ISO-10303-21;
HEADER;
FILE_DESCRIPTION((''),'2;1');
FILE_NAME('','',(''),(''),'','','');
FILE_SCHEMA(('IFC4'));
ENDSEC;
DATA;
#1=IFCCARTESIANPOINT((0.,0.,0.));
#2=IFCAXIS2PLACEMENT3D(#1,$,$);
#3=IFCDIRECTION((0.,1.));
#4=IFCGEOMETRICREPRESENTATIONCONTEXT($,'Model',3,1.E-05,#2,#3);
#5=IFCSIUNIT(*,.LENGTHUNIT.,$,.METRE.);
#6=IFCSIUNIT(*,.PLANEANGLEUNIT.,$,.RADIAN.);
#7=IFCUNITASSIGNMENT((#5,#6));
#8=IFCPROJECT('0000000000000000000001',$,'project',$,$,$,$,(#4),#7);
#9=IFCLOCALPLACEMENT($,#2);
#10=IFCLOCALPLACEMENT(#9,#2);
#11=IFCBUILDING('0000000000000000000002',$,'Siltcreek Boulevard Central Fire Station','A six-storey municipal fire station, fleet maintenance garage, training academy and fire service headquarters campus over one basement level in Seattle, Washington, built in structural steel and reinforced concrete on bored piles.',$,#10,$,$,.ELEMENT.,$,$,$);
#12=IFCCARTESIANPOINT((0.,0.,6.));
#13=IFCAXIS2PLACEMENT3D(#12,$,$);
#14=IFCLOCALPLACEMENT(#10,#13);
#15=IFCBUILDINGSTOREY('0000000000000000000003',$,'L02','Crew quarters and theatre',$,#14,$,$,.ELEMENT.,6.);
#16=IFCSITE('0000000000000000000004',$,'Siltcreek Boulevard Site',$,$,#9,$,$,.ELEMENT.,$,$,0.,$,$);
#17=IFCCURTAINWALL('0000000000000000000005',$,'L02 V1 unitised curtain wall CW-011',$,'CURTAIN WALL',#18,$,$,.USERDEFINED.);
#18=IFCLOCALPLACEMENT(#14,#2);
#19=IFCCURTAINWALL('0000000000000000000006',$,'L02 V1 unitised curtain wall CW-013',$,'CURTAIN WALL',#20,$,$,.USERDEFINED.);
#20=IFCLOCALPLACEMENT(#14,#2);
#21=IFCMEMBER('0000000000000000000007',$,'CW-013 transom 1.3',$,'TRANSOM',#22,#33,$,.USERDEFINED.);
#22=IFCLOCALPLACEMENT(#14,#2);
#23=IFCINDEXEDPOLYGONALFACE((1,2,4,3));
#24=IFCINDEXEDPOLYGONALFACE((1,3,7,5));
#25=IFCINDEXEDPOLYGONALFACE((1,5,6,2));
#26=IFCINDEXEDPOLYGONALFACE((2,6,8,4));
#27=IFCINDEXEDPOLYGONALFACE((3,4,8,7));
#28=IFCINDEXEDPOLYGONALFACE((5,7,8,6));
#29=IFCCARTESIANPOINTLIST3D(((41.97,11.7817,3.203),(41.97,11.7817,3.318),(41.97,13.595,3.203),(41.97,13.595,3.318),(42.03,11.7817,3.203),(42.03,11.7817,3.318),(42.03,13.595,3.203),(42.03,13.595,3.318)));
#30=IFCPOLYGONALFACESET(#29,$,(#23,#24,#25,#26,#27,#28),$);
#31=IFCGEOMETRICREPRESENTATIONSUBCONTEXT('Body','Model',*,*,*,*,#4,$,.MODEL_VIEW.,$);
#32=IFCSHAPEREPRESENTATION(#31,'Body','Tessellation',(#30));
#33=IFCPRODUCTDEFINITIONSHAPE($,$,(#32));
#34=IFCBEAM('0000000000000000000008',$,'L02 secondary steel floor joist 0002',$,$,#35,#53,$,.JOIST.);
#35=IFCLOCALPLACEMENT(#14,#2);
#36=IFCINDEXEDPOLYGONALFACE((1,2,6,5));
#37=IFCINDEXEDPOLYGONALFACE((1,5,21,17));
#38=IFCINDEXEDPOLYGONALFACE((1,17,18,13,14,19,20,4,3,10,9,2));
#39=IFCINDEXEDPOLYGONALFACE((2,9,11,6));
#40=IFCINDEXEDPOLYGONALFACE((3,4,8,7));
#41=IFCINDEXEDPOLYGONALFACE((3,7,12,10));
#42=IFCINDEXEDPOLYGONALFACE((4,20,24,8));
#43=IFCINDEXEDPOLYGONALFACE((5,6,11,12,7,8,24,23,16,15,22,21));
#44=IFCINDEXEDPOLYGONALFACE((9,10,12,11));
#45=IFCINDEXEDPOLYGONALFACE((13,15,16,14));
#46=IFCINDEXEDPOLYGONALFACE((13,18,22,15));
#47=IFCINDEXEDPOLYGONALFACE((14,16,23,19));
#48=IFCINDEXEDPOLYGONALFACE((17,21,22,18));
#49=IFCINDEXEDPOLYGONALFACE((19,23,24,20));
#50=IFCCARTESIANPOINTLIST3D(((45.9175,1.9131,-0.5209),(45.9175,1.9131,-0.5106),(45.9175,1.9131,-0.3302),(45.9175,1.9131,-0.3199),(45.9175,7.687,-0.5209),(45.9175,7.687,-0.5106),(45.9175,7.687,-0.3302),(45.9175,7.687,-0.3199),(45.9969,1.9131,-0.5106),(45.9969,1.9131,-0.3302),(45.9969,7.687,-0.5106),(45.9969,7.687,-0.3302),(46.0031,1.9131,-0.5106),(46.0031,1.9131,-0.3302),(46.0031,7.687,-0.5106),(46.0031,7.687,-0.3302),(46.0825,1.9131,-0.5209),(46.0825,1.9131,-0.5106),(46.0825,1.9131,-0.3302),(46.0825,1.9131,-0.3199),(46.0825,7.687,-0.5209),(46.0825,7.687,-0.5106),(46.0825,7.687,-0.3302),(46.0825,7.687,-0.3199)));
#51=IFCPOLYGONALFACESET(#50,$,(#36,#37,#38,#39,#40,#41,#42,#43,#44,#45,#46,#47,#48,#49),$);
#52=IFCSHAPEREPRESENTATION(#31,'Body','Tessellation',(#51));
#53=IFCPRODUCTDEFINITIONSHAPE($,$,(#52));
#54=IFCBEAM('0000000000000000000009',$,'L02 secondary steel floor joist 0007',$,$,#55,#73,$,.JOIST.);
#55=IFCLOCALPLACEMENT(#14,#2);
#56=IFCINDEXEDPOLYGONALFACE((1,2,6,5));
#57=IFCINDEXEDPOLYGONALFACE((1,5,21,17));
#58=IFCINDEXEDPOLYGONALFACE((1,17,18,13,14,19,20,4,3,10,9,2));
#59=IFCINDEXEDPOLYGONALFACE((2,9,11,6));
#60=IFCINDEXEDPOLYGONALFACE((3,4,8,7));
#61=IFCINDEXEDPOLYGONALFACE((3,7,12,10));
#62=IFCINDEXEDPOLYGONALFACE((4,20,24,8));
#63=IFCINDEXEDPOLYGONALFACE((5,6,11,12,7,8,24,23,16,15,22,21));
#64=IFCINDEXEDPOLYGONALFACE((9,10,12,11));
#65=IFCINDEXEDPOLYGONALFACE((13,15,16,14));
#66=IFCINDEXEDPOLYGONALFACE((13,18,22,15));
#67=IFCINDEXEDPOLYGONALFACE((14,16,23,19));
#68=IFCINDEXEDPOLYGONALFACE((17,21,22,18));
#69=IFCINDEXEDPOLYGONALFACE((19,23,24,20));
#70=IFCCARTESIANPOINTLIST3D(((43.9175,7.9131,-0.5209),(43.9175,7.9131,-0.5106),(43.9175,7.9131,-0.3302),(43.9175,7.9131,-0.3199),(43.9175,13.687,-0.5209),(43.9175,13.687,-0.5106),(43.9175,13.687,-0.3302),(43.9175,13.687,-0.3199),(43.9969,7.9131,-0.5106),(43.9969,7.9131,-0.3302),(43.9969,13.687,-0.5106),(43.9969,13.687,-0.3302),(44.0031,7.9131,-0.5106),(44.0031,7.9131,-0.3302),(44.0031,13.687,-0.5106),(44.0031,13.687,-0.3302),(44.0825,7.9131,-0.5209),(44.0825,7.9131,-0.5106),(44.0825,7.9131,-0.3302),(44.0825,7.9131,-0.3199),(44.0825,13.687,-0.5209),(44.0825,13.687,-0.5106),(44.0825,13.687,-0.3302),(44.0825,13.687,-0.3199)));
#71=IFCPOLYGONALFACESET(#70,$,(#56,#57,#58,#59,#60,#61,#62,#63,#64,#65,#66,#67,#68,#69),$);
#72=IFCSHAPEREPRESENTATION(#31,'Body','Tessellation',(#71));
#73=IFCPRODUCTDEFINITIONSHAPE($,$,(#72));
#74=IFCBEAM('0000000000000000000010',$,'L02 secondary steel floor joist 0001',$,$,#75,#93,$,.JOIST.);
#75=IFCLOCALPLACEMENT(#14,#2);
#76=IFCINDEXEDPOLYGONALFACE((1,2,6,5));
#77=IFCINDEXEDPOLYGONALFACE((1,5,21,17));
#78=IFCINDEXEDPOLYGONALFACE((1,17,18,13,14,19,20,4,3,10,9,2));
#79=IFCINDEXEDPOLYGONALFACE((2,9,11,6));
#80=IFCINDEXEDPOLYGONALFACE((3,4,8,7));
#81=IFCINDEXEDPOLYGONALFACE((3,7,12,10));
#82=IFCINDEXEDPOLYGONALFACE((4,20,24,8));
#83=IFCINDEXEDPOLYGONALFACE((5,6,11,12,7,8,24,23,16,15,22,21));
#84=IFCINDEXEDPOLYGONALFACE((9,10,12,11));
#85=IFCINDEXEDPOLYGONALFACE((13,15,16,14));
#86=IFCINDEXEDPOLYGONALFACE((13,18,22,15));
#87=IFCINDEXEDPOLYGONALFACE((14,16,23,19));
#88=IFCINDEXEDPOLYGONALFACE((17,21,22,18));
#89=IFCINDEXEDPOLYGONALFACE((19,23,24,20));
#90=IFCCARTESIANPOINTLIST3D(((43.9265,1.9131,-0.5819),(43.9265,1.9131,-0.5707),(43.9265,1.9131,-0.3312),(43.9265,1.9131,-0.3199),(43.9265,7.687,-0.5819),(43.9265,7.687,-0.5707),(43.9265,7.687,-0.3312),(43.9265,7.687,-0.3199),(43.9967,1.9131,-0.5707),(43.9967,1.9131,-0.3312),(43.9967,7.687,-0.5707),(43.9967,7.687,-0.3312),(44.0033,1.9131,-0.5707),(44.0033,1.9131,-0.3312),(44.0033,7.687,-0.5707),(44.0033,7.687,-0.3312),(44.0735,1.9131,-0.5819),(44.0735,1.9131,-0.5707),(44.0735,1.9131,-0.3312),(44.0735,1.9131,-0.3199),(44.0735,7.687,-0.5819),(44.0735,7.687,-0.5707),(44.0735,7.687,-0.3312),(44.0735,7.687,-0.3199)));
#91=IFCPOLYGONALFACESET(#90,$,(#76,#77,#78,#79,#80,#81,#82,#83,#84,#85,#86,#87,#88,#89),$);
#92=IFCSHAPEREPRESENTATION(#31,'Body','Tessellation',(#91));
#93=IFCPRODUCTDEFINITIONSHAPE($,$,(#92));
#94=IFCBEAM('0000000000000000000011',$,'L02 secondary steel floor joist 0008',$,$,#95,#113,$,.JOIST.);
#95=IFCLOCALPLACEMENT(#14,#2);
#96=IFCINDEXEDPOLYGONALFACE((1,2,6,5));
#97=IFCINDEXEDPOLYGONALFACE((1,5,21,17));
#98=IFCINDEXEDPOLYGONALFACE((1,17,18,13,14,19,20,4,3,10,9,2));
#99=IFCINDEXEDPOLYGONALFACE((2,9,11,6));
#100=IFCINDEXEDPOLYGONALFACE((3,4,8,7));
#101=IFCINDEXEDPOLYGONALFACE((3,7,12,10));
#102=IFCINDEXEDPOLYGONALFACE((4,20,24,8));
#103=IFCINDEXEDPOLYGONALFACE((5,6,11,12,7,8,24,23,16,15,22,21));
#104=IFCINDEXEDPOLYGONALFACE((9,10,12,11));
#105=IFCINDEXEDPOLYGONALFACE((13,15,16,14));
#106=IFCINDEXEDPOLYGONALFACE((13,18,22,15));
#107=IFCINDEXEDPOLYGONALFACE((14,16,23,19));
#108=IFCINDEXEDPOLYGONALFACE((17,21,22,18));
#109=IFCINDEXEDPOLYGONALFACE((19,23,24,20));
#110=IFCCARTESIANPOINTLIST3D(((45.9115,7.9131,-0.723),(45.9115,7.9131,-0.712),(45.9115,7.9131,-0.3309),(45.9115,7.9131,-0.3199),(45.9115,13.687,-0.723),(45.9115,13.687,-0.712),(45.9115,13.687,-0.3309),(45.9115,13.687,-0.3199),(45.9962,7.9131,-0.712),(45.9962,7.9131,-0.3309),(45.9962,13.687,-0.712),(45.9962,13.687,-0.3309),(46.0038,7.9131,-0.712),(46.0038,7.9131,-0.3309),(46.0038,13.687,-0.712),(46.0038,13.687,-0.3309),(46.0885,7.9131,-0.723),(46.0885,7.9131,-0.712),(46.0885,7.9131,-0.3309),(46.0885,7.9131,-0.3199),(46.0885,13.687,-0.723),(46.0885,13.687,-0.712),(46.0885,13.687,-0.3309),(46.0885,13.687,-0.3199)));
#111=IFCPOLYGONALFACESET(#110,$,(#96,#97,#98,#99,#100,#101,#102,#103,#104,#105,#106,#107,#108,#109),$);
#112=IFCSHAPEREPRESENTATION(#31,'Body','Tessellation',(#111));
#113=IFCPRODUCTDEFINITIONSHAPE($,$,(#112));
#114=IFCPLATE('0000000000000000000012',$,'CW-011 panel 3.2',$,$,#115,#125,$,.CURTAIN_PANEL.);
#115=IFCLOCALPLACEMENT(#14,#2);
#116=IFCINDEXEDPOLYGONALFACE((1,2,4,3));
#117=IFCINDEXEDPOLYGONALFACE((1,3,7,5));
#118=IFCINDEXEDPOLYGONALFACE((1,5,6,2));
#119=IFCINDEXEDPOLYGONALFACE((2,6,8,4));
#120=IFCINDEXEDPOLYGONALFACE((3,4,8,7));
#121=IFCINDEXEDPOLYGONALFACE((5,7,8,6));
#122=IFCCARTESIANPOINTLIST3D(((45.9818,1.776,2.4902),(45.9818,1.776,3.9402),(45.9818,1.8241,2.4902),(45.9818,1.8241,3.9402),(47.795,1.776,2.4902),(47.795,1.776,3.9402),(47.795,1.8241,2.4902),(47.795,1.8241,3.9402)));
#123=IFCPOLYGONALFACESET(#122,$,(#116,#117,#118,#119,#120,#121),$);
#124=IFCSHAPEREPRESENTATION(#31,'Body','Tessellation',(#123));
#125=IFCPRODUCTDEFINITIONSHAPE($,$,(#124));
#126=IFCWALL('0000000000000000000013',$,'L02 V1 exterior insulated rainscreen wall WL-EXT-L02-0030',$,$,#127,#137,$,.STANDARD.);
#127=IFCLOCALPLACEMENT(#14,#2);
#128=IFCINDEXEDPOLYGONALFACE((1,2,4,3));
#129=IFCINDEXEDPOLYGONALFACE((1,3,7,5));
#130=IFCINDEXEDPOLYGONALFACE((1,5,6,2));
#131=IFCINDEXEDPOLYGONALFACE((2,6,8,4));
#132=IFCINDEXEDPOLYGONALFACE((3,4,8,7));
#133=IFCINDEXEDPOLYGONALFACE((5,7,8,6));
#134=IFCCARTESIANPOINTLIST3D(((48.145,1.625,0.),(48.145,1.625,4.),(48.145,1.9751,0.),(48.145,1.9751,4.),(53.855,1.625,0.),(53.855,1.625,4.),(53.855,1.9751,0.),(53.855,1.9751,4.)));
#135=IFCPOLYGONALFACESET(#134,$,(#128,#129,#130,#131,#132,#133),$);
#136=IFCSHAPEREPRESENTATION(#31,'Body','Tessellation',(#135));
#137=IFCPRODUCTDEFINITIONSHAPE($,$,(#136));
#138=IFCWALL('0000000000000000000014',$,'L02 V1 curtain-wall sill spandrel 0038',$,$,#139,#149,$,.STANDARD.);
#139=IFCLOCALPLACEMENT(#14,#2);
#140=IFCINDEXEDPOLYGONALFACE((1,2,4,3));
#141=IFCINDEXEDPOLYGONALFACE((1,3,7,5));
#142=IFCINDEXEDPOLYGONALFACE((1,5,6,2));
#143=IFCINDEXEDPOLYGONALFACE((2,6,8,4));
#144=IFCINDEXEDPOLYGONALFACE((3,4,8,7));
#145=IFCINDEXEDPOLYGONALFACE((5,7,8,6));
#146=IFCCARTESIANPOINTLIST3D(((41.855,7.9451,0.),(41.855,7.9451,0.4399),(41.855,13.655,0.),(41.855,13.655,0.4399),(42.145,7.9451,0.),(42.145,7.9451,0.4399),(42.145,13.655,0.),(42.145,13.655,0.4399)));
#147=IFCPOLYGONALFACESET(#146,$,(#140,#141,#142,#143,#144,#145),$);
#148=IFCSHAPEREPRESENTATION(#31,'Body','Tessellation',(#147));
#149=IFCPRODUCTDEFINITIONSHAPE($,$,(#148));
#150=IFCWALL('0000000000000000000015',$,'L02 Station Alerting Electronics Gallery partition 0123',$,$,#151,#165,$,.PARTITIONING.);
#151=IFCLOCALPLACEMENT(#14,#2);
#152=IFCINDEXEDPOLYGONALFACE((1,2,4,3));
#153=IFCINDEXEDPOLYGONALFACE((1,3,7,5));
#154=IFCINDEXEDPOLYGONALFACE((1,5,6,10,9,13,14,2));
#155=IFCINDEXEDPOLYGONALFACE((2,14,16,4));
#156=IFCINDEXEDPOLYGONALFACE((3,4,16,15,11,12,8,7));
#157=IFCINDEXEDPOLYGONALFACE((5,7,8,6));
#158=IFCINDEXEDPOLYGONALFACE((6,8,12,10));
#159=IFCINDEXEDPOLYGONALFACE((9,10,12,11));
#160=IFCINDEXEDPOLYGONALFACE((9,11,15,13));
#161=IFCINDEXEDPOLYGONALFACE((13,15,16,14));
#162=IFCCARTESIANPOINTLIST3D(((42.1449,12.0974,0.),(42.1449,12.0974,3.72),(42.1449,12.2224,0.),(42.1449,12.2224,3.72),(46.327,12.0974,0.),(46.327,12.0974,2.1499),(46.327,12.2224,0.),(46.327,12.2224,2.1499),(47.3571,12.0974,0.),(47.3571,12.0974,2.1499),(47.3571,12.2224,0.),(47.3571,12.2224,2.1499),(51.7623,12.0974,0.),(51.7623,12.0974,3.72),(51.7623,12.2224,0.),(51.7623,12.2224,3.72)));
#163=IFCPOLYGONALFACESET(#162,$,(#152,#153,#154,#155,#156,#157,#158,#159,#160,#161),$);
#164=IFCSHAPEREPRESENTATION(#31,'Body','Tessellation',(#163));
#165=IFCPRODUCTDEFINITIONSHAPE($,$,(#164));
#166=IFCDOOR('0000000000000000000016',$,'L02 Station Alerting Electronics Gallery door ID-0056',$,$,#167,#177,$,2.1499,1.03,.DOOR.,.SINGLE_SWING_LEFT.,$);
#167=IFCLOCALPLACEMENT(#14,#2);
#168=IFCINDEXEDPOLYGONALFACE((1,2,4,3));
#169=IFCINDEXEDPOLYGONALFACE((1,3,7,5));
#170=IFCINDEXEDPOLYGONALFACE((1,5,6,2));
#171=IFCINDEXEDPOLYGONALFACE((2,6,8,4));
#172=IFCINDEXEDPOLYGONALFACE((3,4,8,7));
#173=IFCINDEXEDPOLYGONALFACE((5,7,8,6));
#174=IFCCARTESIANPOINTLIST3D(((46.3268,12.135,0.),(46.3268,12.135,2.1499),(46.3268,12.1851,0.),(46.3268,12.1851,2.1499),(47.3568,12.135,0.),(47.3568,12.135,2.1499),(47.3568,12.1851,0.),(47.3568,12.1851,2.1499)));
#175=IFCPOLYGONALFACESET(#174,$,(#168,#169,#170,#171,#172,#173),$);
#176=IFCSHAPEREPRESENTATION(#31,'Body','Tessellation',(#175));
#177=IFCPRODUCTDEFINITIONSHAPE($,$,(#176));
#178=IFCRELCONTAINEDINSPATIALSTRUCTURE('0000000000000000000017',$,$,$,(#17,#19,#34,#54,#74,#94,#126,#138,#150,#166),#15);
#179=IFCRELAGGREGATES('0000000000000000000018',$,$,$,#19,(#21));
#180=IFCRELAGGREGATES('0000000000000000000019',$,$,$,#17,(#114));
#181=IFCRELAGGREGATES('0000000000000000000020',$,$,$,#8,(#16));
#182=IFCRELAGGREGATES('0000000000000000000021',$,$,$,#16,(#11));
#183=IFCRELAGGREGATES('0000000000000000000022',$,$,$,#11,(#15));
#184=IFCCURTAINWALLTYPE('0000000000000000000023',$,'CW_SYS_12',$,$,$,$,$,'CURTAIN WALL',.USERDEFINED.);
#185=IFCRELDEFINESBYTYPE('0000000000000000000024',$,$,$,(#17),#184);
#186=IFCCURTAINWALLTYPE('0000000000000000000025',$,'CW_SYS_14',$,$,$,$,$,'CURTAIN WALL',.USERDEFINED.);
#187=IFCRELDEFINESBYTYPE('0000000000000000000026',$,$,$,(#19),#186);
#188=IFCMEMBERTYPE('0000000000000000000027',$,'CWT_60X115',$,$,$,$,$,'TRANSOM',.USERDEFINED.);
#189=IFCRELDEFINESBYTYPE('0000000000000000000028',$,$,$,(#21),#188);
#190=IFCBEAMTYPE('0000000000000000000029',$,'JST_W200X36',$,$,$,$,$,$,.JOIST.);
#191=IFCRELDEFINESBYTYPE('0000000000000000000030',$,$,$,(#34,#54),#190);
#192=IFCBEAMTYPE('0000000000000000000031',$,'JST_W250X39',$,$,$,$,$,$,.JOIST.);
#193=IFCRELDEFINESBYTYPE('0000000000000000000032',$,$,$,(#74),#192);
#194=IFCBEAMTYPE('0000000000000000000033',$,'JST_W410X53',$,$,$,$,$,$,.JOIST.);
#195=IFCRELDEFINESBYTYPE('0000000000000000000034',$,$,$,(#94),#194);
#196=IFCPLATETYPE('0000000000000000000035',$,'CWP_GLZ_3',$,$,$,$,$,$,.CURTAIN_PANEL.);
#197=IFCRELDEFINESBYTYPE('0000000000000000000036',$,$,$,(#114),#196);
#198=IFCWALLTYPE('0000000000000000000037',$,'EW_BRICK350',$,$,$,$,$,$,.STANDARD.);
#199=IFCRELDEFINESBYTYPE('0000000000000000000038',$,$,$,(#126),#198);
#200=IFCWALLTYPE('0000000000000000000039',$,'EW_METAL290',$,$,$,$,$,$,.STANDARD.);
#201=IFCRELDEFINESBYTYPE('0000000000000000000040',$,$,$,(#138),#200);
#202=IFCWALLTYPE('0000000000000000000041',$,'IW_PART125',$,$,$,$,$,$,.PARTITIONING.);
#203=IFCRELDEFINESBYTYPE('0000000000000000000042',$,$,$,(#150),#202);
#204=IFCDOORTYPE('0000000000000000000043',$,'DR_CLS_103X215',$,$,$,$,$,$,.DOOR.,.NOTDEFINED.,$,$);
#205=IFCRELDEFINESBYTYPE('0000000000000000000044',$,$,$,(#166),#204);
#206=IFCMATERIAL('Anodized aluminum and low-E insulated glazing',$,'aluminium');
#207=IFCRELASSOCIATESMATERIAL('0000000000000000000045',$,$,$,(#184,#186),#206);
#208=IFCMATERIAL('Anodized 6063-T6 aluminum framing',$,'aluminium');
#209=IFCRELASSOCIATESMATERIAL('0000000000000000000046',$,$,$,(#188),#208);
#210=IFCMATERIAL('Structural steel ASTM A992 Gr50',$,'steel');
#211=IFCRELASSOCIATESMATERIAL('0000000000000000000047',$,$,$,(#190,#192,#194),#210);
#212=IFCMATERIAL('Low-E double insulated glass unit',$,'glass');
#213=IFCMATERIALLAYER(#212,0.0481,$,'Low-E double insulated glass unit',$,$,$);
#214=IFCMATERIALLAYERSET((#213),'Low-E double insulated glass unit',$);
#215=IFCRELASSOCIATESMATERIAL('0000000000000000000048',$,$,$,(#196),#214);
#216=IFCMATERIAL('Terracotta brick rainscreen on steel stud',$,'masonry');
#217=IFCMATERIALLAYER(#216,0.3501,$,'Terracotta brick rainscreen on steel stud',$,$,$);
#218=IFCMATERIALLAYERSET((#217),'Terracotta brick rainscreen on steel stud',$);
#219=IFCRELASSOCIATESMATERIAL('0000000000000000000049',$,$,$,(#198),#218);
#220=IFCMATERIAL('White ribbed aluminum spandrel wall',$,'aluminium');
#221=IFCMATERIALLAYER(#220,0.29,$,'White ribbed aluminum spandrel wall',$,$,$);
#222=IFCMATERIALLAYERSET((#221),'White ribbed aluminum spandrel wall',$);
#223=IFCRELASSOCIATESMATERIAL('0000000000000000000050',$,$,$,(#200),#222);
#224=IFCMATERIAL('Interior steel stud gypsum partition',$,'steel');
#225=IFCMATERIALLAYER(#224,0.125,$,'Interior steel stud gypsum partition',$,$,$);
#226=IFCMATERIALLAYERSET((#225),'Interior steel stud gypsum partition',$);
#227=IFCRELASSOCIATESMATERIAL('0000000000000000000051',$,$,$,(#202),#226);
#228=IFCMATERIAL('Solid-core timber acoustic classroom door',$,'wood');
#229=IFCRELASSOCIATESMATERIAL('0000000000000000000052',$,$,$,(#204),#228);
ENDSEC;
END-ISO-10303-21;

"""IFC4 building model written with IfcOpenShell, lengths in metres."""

from ifc_helpers import new_model, si_unit, direction, frame, frame_2d, origin, origin_2d, place, context, subcontext, project, spatial, rectangle, i_section, extrude, material, layer, layer_set, material_profile, profile_set, type_object, element, fill, aggregate, save


model = new_model("IFC4")

# Units and contexts
model_context = context("Model", 3, precision=1e-05, world=origin(), true_north=direction((0.0, 1.0)))
body_context = subcontext(model_context, "Body", "Model", "MODEL_VIEW")
ifc_project = project(units=[si_unit("LENGTHUNIT", "METRE"), si_unit("PLANEANGLEUNIT", "RADIAN")], contexts=[model_context])

# Site, building, storey
site_placement = place(None, origin())
site = spatial("IfcSite", under=ifc_project, at=site_placement, Name="Siltcreek Boulevard Site", CompositionType="ELEMENT", RefElevation=0.0)
building_placement = place(site_placement, origin())
building = spatial("IfcBuilding", under=site, at=building_placement, Name="Siltcreek Boulevard Central Fire Station", Description="A six-storey municipal fire station, fleet maintenance garage, training academy and fire service headquarters campus over one basement level in Seattle, Washington, built in structural steel and reinforced concrete on bored piles.", CompositionType="ELEMENT")
storey_placement = place(building_placement, frame((0.0, 0.0, 6.0)))
storey = spatial("IfcBuildingStorey", under=building, at=storey_placement, Name="L02", Description="Crew quarters and theatre", CompositionType="ELEMENT", Elevation=6.0)

# Shared definitions
ifc_material_1 = material(Name="Structural steel ASTM A992 Gr50", Category="steel")

# Curtain wall
ifc_material_2 = material(Name="Anodized aluminum and low-E insulated glazing", Category="aluminium")
curtain_wall_type_1 = type_object("IfcCurtainWallType", Name="CW_SYS_12", ElementType="CURTAIN WALL", PredefinedType="USERDEFINED", material=ifc_material_2)
curtain_wall_1_placement = place(storey_placement, origin())
curtain_wall_1 = element("IfcCurtainWall", 1, at=curtain_wall_1_placement, inside=storey, type_object=curtain_wall_type_1, Name="L02 V1 unitised curtain wall CW-011", ObjectType="CURTAIN WALL", PredefinedType="USERDEFINED")
ifc_material_3 = material(Name="Anodized 6063-T6 aluminum framing", Category="aluminium")

# Curtain wall, member
curtain_wall_type_2 = type_object("IfcCurtainWallType", Name="CW_SYS_14", ElementType="CURTAIN WALL", PredefinedType="USERDEFINED", material=ifc_material_2)
curtain_wall_2_placement = place(storey_placement, origin())
curtain_wall_2 = element("IfcCurtainWall", 2, at=curtain_wall_2_placement, inside=storey, type_object=curtain_wall_type_2, Name="L02 V1 unitised curtain wall CW-013", ObjectType="CURTAIN WALL", PredefinedType="USERDEFINED")
ifc_material_profile_1 = material_profile(ifc_material_3, rectangle(XDim=0.0601, YDim=0.115, at=origin_2d()), Name="TRAN60X115")
ifc_profile_set_1 = profile_set([ifc_material_profile_1], Name="Anodized 6063-T6 aluminum framing")
member_type_1 = type_object("IfcMemberType", Name="CWT_60X115", ElementType="TRANSOM", PredefinedType="USERDEFINED", material=ifc_profile_set_1)
member_1_placement = place(storey_placement, frame((42.0, 13.595, 3.2605), z_axis=(0.0, -1.0, 0.0), x_axis=(1.0, 0.0, 0.0)))
member_1 = element("IfcMember", 3, at=member_1_placement, type_object=member_type_1, Name="CW-013 transom 1.3", ObjectType="TRANSOM", PredefinedType="USERDEFINED", context=body_context, shape_type="SweptSolid", body=[
    extrude(rectangle(XDim=0.0601, YDim=0.115, at=origin_2d()), origin(), (0.0, 0.0, 1.0), 1.8132),
])
aggregate(curtain_wall_2, [member_1])

# Beams
ifc_material_profile_2 = material_profile(ifc_material_1, i_section(OverallWidth=0.165, OverallDepth=0.2009, WebThickness=0.0061, FlangeThickness=0.0103, at=origin_2d()), Name="W200X36")
ifc_profile_set_2 = profile_set([ifc_material_profile_2], Name="Structural steel ASTM A992 Gr50")
beam_type_1 = type_object("IfcBeamType", Name="JST_W200X36", PredefinedType="JOIST", material=ifc_profile_set_2)
for number, where, z_axis, x_axis, name in (
    (4, (46.0, 1.9131, -0.4204), (0.0, 1.0, 0.0), (-1.0, 0.0, 0.0), "L02 secondary steel floor joist 0002"),
    (5, (44.0, 7.9131, -0.4204), (0.0, 1.0, 0.0), (-1.0, 0.0, 0.0), "L02 secondary steel floor joist 0007"),
):
    element("IfcBeam", number, at=place(storey_placement, frame(where, z_axis=z_axis, x_axis=x_axis)), inside=storey, type_object=beam_type_1, Name=name, PredefinedType="JOIST", context=body_context, shape_type="SweptSolid", body=[
        extrude(i_section(OverallWidth=0.165, OverallDepth=0.2009, WebThickness=0.0061, FlangeThickness=0.0103, at=origin_2d()), origin(), (0.0, 0.0, 1.0), 5.7739),
    ])
ifc_material_profile_3 = material_profile(ifc_material_1, i_section(OverallWidth=0.147, OverallDepth=0.262, WebThickness=0.0066, FlangeThickness=0.0112, at=origin_2d()), Name="W250X39")
ifc_profile_set_3 = profile_set([ifc_material_profile_3], Name="Structural steel ASTM A992 Gr50")
beam_type_2 = type_object("IfcBeamType", Name="JST_W250X39", PredefinedType="JOIST", material=ifc_profile_set_3)
beam_1_placement = place(storey_placement, frame((44.0, 1.9131, -0.4509), z_axis=(0.0, 1.0, 0.0), x_axis=(-1.0, 0.0, 0.0)))
element("IfcBeam", 6, at=beam_1_placement, inside=storey, type_object=beam_type_2, Name="L02 secondary steel floor joist 0001", PredefinedType="JOIST", context=body_context, shape_type="SweptSolid", body=[
    extrude(i_section(OverallWidth=0.147, OverallDepth=0.262, WebThickness=0.0066, FlangeThickness=0.0112, at=origin_2d()), origin(), (0.0, 0.0, 1.0), 5.7739),
])
ifc_material_profile_4 = material_profile(ifc_material_1, i_section(OverallWidth=0.177, OverallDepth=0.4031, WebThickness=0.0076, FlangeThickness=0.011, at=origin_2d()), Name="W410X53")
ifc_profile_set_4 = profile_set([ifc_material_profile_4], Name="Structural steel ASTM A992 Gr50")
beam_type_3 = type_object("IfcBeamType", Name="JST_W410X53", PredefinedType="JOIST", material=ifc_profile_set_4)
beam_2_placement = place(storey_placement, frame((46.0, 7.9131, -0.5215), z_axis=(0.0, 1.0, 0.0), x_axis=(-1.0, 0.0, 0.0)))
element("IfcBeam", 7, at=beam_2_placement, inside=storey, type_object=beam_type_3, Name="L02 secondary steel floor joist 0008", PredefinedType="JOIST", context=body_context, shape_type="SweptSolid", body=[
    extrude(i_section(OverallWidth=0.177, OverallDepth=0.4031, WebThickness=0.0076, FlangeThickness=0.011, at=origin_2d()), origin(), (0.0, 0.0, 1.0), 5.7739),
])

# Plate
ifc_material_4 = material(Name="Low-E double insulated glass unit", Category="glass")
ifc_layer_1 = layer(ifc_material_4, 0.0481, Name="Low-E double insulated glass unit")
ifc_layer_set_1 = layer_set([ifc_layer_1], Name="Low-E double insulated glass unit")
plate_type = type_object("IfcPlateType", Name="CWP_GLZ_3", PredefinedType="CURTAIN_PANEL", material=ifc_layer_set_1)
plate_placement = place(storey_placement, frame((46.8884, 1.8, 2.4902), z_axis=(0.0, 0.0, 1.0), x_axis=(1.0, 0.0, 0.0)))
plate = element("IfcPlate", 8, at=plate_placement, type_object=plate_type, Name="CW-011 panel 3.2", PredefinedType="CURTAIN_PANEL", context=body_context, shape_type="SweptSolid", body=[
    extrude(rectangle(XDim=1.8132, YDim=0.0481, at=origin_2d()), origin(), (0.0, 0.0, 1.0), 1.45),
])
aggregate(curtain_wall_1, [plate])

# Walls
ifc_material_5 = material(Name="Terracotta brick rainscreen on steel stud", Category="masonry")
ifc_layer_2 = layer(ifc_material_5, 0.3501, Name="Terracotta brick rainscreen on steel stud")
ifc_layer_set_2 = layer_set([ifc_layer_2], Name="Terracotta brick rainscreen on steel stud")
wall_type_1 = type_object("IfcWallType", Name="EW_BRICK350", PredefinedType="STANDARD", material=ifc_layer_set_2)
wall_1_placement = place(storey_placement, frame((48.145, 1.8, 0.0), z_axis=(0.0, 0.0, 1.0), x_axis=(1.0, 0.0, 0.0)))
element("IfcWall", 9, at=wall_1_placement, inside=storey, type_object=wall_type_1, Name="L02 V1 exterior insulated rainscreen wall WL-EXT-L02-0030", PredefinedType="STANDARD", context=body_context, shape_type="SweptSolid", body=[
    extrude(rectangle(XDim=5.71, YDim=0.3501, at=frame_2d((2.855, 0.0))), origin(), (0.0, 0.0, 1.0), 4.0),
])
ifc_material_6 = material(Name="White ribbed aluminum spandrel wall", Category="aluminium")
ifc_layer_3 = layer(ifc_material_6, 0.29, Name="White ribbed aluminum spandrel wall")
ifc_layer_set_3 = layer_set([ifc_layer_3], Name="White ribbed aluminum spandrel wall")
wall_type_2 = type_object("IfcWallType", Name="EW_METAL290", PredefinedType="STANDARD", material=ifc_layer_set_3)
wall_2_placement = place(storey_placement, frame((42.0, 13.655, 0.0), z_axis=(0.0, 0.0, 1.0), x_axis=(0.0, -1.0, 0.0)))
element("IfcWall", 10, at=wall_2_placement, inside=storey, type_object=wall_type_2, Name="L02 V1 curtain-wall sill spandrel 0038", PredefinedType="STANDARD", context=body_context, shape_type="SweptSolid", body=[
    extrude(rectangle(XDim=5.71, YDim=0.29, at=frame_2d((2.855, 0.0))), origin(), (0.0, 0.0, 1.0), 0.4399),
])

# Wall, opening, door
ifc_material_7 = material(Name="Interior steel stud gypsum partition", Category="steel")
ifc_layer_4 = layer(ifc_material_7, 0.125, Name="Interior steel stud gypsum partition")
ifc_layer_set_4 = layer_set([ifc_layer_4], Name="Interior steel stud gypsum partition")
wall_type_3 = type_object("IfcWallType", Name="IW_PART125", PredefinedType="PARTITIONING", material=ifc_layer_set_4)
wall_3_placement = place(storey_placement, frame((42.145, 12.1599, 0.0), z_axis=(0.0, 0.0, 1.0), x_axis=(1.0, 0.0, 0.0)))
wall_3 = element("IfcWall", 11, at=wall_3_placement, inside=storey, type_object=wall_type_3, Name="L02 Station Alerting Electronics Gallery partition 0123", PredefinedType="PARTITIONING", context=body_context, shape_type="SweptSolid", body=[
    extrude(rectangle(XDim=9.6174, YDim=0.125, at=frame_2d((4.8086, 0.0))), origin(), (0.0, 0.0, 1.0), 3.72),
])
opening_placement = place(wall_3_placement, frame((4.1819, 0.0, 0.0)))
opening = element("IfcOpeningElement", 12, at=opening_placement, cuts=wall_3, PredefinedType="OPENING", context=body_context, shape_type="SweptSolid", body=[
    extrude(rectangle(XDim=1.03, YDim=2.1499, at=frame_2d((0.5151, 1.075))), frame((0.0, 0.0725, 0.0), z_axis=(0.0, -1.0, 0.0), x_axis=(1.0, 0.0, 0.0)), (0.0, 0.0, 1.0), 0.145),
])
ifc_material_8 = material(Name="Solid-core timber acoustic classroom door", Category="wood")
door_type = type_object("IfcDoorType", Name="DR_CLS_103X215", OperationType="NOTDEFINED", PredefinedType="DOOR", material=ifc_material_8)
door_placement = place(opening_placement, frame((1.03, 0.0, 0.0), z_axis=(0.0, 0.0, 1.0), x_axis=(-1.0, 0.0, 0.0)))
door = element("IfcDoor", 13, at=door_placement, inside=storey, type_object=door_type, Name="L02 Station Alerting Electronics Gallery door ID-0056", OperationType="SINGLE_SWING_LEFT", OverallHeight=2.1499, OverallWidth=1.03, PredefinedType="DOOR", context=body_context, shape_type="SweptSolid", body=[
    extrude(rectangle(XDim=1.03, YDim=2.1499, at=frame_2d((0.5151, 1.075))), frame((0.0, 0.0249, 0.0), z_axis=(0.0, -1.0, 0.0), x_axis=(1.0, 0.0, 0.0)), (0.0, 0.0, 1.0), 0.05),
])
fill(opening, door)

save(model, "model.ifc")
